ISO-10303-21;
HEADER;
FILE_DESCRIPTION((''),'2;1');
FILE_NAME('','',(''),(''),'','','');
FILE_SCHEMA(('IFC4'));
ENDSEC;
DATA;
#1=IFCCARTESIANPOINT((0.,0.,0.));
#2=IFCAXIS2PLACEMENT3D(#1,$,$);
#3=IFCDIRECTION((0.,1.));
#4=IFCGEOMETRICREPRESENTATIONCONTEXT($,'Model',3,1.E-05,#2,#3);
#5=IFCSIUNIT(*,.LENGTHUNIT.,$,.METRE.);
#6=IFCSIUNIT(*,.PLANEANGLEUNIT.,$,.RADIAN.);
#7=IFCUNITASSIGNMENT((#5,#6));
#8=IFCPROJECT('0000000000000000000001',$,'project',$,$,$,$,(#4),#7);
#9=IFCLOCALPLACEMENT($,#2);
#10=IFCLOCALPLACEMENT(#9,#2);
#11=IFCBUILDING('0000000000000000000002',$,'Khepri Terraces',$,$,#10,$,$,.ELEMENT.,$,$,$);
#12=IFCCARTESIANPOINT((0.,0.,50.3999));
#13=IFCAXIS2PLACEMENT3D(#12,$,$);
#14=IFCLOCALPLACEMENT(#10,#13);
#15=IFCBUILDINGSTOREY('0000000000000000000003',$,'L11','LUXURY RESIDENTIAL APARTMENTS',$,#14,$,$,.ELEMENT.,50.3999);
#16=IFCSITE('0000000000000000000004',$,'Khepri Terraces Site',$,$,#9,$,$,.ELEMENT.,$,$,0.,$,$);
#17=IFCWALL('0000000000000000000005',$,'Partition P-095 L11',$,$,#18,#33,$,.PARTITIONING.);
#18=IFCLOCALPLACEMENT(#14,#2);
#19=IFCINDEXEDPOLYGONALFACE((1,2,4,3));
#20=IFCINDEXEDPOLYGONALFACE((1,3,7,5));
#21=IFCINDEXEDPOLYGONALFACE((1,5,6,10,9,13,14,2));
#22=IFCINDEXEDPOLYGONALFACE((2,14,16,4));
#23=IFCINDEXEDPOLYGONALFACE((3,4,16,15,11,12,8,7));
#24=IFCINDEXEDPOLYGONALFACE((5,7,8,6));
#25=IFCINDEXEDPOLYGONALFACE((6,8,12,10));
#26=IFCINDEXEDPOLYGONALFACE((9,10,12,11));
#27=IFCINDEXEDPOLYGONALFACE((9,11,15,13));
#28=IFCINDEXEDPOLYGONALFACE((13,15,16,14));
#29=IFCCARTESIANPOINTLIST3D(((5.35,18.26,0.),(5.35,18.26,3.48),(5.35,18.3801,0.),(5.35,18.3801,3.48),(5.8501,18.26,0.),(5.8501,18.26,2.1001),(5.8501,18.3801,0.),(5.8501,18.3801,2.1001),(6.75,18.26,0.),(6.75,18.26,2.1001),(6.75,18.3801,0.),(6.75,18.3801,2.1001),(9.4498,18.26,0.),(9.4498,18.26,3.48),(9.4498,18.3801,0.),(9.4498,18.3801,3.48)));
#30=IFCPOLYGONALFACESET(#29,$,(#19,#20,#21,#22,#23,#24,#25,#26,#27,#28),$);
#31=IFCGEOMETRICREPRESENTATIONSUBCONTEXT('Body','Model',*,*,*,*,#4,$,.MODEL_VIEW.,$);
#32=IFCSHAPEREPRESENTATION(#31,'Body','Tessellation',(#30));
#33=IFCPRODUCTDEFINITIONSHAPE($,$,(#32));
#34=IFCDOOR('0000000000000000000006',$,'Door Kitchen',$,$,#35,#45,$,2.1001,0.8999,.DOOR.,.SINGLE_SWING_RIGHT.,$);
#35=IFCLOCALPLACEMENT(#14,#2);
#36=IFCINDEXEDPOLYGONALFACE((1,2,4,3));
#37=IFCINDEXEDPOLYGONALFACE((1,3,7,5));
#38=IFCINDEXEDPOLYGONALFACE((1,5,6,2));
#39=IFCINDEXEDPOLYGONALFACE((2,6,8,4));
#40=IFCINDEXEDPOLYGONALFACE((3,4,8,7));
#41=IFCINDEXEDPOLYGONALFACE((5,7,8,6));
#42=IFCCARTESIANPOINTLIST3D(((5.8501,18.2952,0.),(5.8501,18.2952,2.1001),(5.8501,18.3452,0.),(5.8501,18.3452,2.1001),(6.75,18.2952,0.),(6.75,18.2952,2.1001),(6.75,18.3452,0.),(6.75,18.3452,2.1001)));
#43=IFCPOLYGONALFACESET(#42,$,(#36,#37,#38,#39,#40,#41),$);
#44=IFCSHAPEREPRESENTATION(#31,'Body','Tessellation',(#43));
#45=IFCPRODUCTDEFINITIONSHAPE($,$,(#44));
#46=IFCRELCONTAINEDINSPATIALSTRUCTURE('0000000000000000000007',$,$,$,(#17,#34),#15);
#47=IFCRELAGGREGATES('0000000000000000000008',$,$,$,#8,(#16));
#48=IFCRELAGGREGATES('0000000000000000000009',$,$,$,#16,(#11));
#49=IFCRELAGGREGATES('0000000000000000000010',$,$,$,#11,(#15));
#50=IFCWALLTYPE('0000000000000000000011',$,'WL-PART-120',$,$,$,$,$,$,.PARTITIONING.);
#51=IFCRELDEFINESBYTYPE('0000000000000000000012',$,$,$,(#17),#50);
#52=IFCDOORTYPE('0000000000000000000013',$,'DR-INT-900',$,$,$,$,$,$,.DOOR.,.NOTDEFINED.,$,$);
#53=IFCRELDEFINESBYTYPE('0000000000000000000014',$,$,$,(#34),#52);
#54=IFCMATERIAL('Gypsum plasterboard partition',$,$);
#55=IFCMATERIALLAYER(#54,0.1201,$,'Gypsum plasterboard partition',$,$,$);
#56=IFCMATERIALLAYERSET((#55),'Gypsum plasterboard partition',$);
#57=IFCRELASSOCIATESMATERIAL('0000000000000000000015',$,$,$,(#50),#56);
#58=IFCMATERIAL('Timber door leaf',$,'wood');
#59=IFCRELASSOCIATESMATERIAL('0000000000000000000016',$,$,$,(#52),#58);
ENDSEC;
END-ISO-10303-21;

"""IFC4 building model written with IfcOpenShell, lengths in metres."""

from ifc_helpers import new_model, si_unit, direction, frame, frame_2d, origin, place, context, subcontext, project, spatial, rectangle, extrude, material, layer, layer_set, type_object, element, fill, save


model = new_model("IFC4")

# Units and contexts
model_context = context("Model", 3, precision=1e-05, world=origin(), true_north=direction((0.0, 1.0)))
body_context = subcontext(model_context, "Body", "Model", "MODEL_VIEW")
ifc_project = project(units=[si_unit("LENGTHUNIT", "METRE"), si_unit("PLANEANGLEUNIT", "RADIAN")], contexts=[model_context])

# Site, building, storey
site_placement = place(None, origin())
site = spatial("IfcSite", under=ifc_project, at=site_placement, Name="Khepri Terraces Site", CompositionType="ELEMENT", RefElevation=0.0)
building_placement = place(site_placement, origin())
building = spatial("IfcBuilding", under=site, at=building_placement, Name="Khepri Terraces", CompositionType="ELEMENT")
storey_placement = place(building_placement, frame((0.0, 0.0, 50.3999)))
storey = spatial("IfcBuildingStorey", under=building, at=storey_placement, Name="L11", Description="LUXURY RESIDENTIAL APARTMENTS", CompositionType="ELEMENT", Elevation=50.3999)

# Shared definitions
ifc_material_1 = material(Name="Gypsum plasterboard partition")
ifc_layer_1 = layer(ifc_material_1, 0.1201, Name="Gypsum plasterboard partition")
ifc_layer_set_1 = layer_set([ifc_layer_1], Name="Gypsum plasterboard partition")
wall_type_1 = type_object("IfcWallType", Name="WL-PART-120", PredefinedType="PARTITIONING", material=ifc_layer_set_1)

# Shared definitions
ifc_material_2 = material(Name="Timber door leaf", Category="wood")
door_type_1 = type_object("IfcDoorType", Name="DR-INT-900", OperationType="NOTDEFINED", PredefinedType="DOOR", material=ifc_material_2)

# Wall, opening, door
wall_1_placement = place(storey_placement, frame((5.3501, 18.3201, 0.0), z_axis=(0.0, 0.0, 1.0), x_axis=(1.0, 0.0, 0.0)))
wall_1 = element("IfcWall", 1, at=wall_1_placement, inside=storey, type_object=wall_type_1, Name="Partition P-095 L11", PredefinedType="PARTITIONING", context=body_context, shape_type="SweptSolid", body=[
    extrude(rectangle(XDim=4.0999, YDim=0.1201, at=frame_2d((2.0498, 0.0))), origin(), (0.0, 0.0, 1.0), 3.48),
])
opening_1_placement = place(wall_1_placement, frame((0.5, 0.0, 0.0)))
opening_1 = element("IfcOpeningElement", 2, at=opening_1_placement, cuts=wall_1, PredefinedType="OPENING", context=body_context, shape_type="SweptSolid", body=[
    extrude(rectangle(XDim=0.8999, YDim=2.1001, at=frame_2d((0.45, 1.05))), frame((0.0, 0.0701, 0.0), z_axis=(0.0, -1.0, 0.0), x_axis=(1.0, 0.0, 0.0)), (0.0, 0.0, 1.0), 0.1401),
])
door_1_placement = place(opening_1_placement, frame((0.8999, 0.0, 0.0), z_axis=(0.0, 0.0, 1.0), x_axis=(-1.0, 0.0, 0.0)))
door_1 = element("IfcDoor", 3, at=door_1_placement, inside=storey, type_object=door_type_1, Name="Door Kitchen", OperationType="SINGLE_SWING_RIGHT", OverallHeight=2.1001, OverallWidth=0.8999, PredefinedType="DOOR", context=body_context, shape_type="SweptSolid", body=[
    extrude(rectangle(XDim=0.8999, YDim=2.1001, at=frame_2d((0.45, 1.05))), frame((0.0, 0.0249, 0.0), z_axis=(0.0, -1.0, 0.0), x_axis=(1.0, 0.0, 0.0)), (0.0, 0.0, 1.0), 0.05),
])
fill(opening_1, door_1)

save(model, "model.ifc")
